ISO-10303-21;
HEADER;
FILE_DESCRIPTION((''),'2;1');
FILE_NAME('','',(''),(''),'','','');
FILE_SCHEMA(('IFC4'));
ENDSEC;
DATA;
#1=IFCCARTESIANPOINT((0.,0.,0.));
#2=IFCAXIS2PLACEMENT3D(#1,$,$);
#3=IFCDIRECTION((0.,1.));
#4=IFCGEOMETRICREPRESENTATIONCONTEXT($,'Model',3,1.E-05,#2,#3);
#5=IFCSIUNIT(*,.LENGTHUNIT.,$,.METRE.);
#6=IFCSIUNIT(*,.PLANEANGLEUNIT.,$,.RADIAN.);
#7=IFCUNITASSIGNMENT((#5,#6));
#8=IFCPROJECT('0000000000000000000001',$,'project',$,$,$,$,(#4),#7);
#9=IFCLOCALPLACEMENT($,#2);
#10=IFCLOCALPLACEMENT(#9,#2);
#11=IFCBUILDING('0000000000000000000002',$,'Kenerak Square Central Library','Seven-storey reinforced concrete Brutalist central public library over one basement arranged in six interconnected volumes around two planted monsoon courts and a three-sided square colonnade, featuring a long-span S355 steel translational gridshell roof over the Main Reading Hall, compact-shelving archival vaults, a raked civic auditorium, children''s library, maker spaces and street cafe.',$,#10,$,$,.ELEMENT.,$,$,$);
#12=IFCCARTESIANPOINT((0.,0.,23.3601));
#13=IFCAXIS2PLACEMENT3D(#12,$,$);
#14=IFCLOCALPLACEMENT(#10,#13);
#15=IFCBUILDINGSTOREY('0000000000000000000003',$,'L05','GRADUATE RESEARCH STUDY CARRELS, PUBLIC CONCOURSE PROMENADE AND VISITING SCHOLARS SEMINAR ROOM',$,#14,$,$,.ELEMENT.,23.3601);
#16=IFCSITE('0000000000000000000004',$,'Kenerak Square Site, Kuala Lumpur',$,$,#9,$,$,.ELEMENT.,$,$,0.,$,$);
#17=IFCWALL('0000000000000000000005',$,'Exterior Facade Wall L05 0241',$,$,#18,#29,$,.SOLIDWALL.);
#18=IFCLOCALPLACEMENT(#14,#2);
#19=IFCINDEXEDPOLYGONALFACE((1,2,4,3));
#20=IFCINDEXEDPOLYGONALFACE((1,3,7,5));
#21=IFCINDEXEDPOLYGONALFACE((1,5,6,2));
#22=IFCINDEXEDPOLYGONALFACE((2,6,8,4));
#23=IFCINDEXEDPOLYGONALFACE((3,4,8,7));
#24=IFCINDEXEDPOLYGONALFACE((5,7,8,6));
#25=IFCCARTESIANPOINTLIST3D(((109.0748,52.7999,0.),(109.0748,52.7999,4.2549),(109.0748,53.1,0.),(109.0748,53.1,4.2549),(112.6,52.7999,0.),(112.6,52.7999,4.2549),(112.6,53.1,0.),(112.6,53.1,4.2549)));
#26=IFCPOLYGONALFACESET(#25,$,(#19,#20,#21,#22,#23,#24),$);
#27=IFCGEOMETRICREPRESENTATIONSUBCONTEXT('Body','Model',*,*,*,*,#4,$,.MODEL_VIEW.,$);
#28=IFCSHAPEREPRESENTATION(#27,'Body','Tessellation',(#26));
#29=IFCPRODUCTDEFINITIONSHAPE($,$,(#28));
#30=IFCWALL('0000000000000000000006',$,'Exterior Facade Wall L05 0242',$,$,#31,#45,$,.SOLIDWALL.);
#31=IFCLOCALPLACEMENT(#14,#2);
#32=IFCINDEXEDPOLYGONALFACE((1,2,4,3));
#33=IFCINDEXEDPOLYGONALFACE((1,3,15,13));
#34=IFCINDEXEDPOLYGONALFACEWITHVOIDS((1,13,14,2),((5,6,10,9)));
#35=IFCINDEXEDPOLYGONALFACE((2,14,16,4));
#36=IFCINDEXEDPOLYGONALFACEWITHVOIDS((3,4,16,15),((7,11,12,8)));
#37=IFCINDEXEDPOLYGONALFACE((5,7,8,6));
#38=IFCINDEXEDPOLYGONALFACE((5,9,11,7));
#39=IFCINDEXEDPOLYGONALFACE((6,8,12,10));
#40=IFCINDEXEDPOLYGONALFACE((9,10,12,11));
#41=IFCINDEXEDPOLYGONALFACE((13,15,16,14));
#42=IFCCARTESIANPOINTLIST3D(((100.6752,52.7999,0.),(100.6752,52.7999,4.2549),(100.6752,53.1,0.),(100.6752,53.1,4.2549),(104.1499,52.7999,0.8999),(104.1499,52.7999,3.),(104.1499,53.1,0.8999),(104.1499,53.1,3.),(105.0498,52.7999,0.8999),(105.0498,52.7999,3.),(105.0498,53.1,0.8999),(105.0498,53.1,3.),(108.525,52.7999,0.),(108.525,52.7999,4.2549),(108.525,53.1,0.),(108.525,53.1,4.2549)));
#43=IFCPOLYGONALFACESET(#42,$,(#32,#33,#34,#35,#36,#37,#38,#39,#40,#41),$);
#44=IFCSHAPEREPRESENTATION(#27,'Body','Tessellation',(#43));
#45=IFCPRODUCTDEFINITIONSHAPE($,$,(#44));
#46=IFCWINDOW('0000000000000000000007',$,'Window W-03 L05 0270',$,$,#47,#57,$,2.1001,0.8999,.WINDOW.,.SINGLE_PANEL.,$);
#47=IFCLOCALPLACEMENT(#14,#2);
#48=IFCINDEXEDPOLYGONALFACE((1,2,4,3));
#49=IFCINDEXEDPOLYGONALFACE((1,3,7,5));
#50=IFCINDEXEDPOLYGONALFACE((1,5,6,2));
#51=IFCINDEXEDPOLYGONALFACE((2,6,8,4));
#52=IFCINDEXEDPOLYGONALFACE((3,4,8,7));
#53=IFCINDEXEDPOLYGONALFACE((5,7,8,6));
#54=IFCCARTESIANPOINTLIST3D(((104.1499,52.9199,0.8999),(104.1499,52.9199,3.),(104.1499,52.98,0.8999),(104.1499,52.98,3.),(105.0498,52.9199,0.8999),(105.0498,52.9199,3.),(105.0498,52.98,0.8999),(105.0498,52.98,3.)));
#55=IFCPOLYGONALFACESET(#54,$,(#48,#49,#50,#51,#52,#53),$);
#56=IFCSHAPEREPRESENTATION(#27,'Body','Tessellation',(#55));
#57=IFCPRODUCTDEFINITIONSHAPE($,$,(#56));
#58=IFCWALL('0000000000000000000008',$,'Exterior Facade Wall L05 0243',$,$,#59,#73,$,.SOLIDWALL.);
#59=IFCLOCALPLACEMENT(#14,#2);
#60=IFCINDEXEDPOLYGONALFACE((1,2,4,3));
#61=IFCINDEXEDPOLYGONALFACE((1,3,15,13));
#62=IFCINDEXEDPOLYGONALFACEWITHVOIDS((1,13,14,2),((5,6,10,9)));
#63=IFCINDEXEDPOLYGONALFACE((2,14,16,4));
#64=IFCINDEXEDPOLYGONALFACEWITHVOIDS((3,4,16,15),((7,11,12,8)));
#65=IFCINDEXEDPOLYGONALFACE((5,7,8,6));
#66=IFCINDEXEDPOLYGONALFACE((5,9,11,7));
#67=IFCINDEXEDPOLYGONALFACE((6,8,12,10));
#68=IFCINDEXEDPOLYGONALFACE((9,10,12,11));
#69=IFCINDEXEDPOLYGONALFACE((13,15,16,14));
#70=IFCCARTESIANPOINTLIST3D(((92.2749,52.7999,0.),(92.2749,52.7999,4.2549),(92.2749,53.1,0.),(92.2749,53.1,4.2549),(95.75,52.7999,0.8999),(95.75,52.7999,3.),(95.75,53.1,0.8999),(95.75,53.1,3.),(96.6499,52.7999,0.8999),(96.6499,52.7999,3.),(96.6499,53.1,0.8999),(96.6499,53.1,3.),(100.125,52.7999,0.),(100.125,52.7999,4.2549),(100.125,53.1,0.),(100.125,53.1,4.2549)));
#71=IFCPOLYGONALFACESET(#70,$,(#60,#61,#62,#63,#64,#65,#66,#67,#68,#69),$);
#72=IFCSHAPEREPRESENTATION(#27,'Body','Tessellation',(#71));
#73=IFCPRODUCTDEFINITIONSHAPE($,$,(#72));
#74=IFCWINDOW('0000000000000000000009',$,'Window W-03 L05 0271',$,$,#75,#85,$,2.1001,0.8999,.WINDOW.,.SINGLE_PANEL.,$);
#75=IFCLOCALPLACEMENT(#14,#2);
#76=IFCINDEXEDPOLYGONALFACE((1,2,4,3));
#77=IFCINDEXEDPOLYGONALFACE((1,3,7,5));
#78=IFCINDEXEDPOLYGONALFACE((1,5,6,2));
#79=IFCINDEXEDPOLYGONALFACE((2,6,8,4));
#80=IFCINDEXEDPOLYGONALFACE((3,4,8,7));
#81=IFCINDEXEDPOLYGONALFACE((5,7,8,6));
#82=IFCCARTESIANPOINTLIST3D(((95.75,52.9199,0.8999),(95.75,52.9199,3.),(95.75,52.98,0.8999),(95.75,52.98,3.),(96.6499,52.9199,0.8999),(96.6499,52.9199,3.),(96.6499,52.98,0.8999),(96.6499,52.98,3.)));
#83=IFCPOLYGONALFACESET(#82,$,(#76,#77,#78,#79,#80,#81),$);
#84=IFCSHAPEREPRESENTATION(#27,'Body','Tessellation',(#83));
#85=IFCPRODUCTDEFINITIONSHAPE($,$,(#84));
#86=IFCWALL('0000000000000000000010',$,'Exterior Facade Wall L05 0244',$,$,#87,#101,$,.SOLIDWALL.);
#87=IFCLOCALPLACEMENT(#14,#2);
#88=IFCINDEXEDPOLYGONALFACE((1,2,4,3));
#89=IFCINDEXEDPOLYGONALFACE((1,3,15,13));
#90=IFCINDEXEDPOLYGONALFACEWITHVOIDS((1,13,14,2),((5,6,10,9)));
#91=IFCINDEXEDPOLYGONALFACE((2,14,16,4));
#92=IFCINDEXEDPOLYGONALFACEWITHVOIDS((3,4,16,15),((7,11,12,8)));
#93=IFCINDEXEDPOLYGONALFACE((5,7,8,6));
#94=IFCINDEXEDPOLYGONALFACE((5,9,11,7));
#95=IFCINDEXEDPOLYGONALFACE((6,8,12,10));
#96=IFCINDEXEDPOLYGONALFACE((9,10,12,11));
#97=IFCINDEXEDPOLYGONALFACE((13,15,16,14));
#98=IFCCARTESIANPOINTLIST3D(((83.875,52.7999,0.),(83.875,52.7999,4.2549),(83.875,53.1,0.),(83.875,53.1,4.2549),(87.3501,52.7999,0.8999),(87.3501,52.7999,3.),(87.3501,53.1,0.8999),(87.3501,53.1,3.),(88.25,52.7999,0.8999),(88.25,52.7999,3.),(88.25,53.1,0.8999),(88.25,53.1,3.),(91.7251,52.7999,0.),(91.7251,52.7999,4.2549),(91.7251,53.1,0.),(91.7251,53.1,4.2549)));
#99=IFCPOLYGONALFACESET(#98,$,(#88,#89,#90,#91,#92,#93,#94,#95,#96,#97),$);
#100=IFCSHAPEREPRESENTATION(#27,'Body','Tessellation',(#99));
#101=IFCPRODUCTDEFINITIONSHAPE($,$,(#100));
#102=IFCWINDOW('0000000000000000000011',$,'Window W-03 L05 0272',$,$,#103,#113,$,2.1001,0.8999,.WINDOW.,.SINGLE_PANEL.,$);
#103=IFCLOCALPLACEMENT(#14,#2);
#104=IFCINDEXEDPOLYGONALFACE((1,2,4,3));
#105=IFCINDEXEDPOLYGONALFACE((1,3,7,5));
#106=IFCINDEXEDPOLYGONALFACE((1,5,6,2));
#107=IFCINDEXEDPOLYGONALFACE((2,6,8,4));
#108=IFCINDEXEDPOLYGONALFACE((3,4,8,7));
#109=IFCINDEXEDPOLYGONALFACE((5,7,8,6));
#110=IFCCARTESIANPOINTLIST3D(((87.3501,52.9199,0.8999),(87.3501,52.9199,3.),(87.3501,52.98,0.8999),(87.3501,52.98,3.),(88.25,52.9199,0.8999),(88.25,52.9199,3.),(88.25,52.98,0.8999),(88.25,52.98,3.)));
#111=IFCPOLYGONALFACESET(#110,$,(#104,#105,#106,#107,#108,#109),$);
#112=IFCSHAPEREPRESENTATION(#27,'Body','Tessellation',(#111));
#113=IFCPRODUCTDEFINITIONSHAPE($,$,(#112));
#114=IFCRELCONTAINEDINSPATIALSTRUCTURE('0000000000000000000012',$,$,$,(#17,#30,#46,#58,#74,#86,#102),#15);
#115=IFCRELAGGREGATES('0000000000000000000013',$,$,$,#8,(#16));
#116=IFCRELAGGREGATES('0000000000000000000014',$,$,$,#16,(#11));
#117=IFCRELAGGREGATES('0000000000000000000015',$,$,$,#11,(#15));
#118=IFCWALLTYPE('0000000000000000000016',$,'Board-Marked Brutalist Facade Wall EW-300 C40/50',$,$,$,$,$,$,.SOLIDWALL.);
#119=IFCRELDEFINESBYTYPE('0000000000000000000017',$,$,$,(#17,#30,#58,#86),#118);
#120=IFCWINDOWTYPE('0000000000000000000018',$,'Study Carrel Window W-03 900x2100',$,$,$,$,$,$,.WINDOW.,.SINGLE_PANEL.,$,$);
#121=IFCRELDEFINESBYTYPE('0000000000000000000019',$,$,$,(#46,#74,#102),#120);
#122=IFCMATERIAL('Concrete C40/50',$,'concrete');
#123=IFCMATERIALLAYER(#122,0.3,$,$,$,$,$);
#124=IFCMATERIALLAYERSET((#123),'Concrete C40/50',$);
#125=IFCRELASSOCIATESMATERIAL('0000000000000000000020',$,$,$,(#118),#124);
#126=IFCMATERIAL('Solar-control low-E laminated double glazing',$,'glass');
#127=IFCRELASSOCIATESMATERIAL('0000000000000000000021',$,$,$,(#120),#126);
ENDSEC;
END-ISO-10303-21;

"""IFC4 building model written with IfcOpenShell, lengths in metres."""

from ifc_helpers import new_model, si_unit, direction, frame, frame_2d, origin, place, context, subcontext, project, spatial, rectangle, extrude, material, layer, layer_set, type_object, element, fill, save


model = new_model("IFC4")

# Units and contexts
model_context = context("Model", 3, precision=1e-05, world=origin(), true_north=direction((0.0, 1.0)))
body_context = subcontext(model_context, "Body", "Model", "MODEL_VIEW")
ifc_project = project(units=[si_unit("LENGTHUNIT", "METRE"), si_unit("PLANEANGLEUNIT", "RADIAN")], contexts=[model_context])

# Site, building, storey
site_placement = place(None, origin())
site = spatial("IfcSite", under=ifc_project, at=site_placement, Name="Kenerak Square Site, Kuala Lumpur", CompositionType="ELEMENT", RefElevation=0.0)
building_placement = place(site_placement, origin())
building = spatial("IfcBuilding", under=site, at=building_placement, Name="Kenerak Square Central Library", Description="Seven-storey reinforced concrete Brutalist central public library over one basement arranged in six interconnected volumes around two planted monsoon courts and a three-sided square colonnade, featuring a long-span S355 steel translational gridshell roof over the Main Reading Hall, compact-shelving archival vaults, a raked civic auditorium, children's library, maker spaces and street cafe.", CompositionType="ELEMENT")
storey_placement = place(building_placement, frame((0.0, 0.0, 23.3601)))
storey = spatial("IfcBuildingStorey", under=building, at=storey_placement, Name="L05", Description="GRADUATE RESEARCH STUDY CARRELS, PUBLIC CONCOURSE PROMENADE AND VISITING SCHOLARS SEMINAR ROOM", CompositionType="ELEMENT", Elevation=23.3601)

# Shared definitions
ifc_material_1 = material(Name="Concrete C40/50", Category="concrete")

# Wall
ifc_layer_1 = layer(ifc_material_1, 0.3)
ifc_layer_set_1 = layer_set([ifc_layer_1], Name="Concrete C40/50")
wall_type = type_object("IfcWallType", Name="Board-Marked Brutalist Facade Wall EW-300 C40/50", PredefinedType="SOLIDWALL", material=ifc_layer_set_1)
wall_1_placement = place(storey_placement, frame((112.6001, 52.95, 0.0), z_axis=(0.0, 0.0, 1.0), x_axis=(-1.0, 0.0, 0.0)))
element("IfcWall", 1, at=wall_1_placement, inside=storey, type_object=wall_type, Name="Exterior Facade Wall L05 0241", PredefinedType="SOLIDWALL", context=body_context, shape_type="SweptSolid", body=[
    extrude(rectangle(XDim=3.5251, YDim=0.3, at=frame_2d((1.7627, 0.0))), origin(), (0.0, 0.0, 1.0), 4.2549),
])

# Walls, openings, windows
wall_2_placement = place(storey_placement, frame((108.5249, 52.95, 0.0), z_axis=(0.0, 0.0, 1.0), x_axis=(-1.0, 0.0, 0.0)))
wall_2 = element("IfcWall", 2, at=wall_2_placement, inside=storey, type_object=wall_type, Name="Exterior Facade Wall L05 0242", PredefinedType="SOLIDWALL", context=body_context, shape_type="SweptSolid", body=[
    extrude(rectangle(XDim=7.8499, YDim=0.3, at=frame_2d((3.9248, 0.0))), origin(), (0.0, 0.0, 1.0), 4.2549),
])
opening_1_placement = place(wall_2_placement, frame((3.4751, 0.0, 0.8999)))
opening_1 = element("IfcOpeningElement", 3, at=opening_1_placement, cuts=wall_2, PredefinedType="OPENING", context=body_context, shape_type="SweptSolid", body=[
    extrude(rectangle(XDim=0.8999, YDim=2.1001, at=frame_2d((0.45, 1.05))), frame((0.0, 0.1599, 0.0), z_axis=(0.0, -1.0, 0.0), x_axis=(1.0, 0.0, 0.0)), (0.0, 0.0, 1.0), 0.3201),
])
ifc_material_2 = material(Name="Solar-control low-E laminated double glazing", Category="glass")
window_type = type_object("IfcWindowType", Name="Study Carrel Window W-03 900x2100", PartitioningType="SINGLE_PANEL", PredefinedType="WINDOW", material=ifc_material_2)
window_1_placement = place(opening_1_placement, origin())
window_1 = element("IfcWindow", 4, at=window_1_placement, inside=storey, type_object=window_type, Name="Window W-03 L05 0270", OverallHeight=2.1001, OverallWidth=0.8999, PartitioningType="SINGLE_PANEL", PredefinedType="WINDOW", context=body_context, shape_type="SweptSolid", body=[
    extrude(rectangle(XDim=0.8999, YDim=2.1001, at=frame_2d((0.45, 1.05))), frame((0.0, 0.03, 0.0), z_axis=(0.0, -1.0, 0.0), x_axis=(1.0, 0.0, 0.0)), (0.0, 0.0, 1.0), 0.0601),
])
fill(opening_1, window_1)
wall_3_placement = place(storey_placement, frame((100.125, 52.95, 0.0), z_axis=(0.0, 0.0, 1.0), x_axis=(-1.0, 0.0, 0.0)))
wall_3 = element("IfcWall", 5, at=wall_3_placement, inside=storey, type_object=wall_type, Name="Exterior Facade Wall L05 0243", PredefinedType="SOLIDWALL", context=body_context, shape_type="SweptSolid", body=[
    extrude(rectangle(XDim=7.8501, YDim=0.3, at=frame_2d((3.925, 0.0))), origin(), (0.0, 0.0, 1.0), 4.2549),
])
opening_2_placement = place(wall_3_placement, frame((3.4751, 0.0, 0.8999)))
opening_2 = element("IfcOpeningElement", 6, at=opening_2_placement, cuts=wall_3, PredefinedType="OPENING", context=body_context, shape_type="SweptSolid", body=[
    extrude(rectangle(XDim=0.8999, YDim=2.1001, at=frame_2d((0.45, 1.05))), frame((0.0, 0.1599, 0.0), z_axis=(0.0, -1.0, 0.0), x_axis=(1.0, 0.0, 0.0)), (0.0, 0.0, 1.0), 0.3201),
])
window_2_placement = place(opening_2_placement, origin())
window_2 = element("IfcWindow", 7, at=window_2_placement, inside=storey, type_object=window_type, Name="Window W-03 L05 0271", OverallHeight=2.1001, OverallWidth=0.8999, PartitioningType="SINGLE_PANEL", PredefinedType="WINDOW", context=body_context, shape_type="SweptSolid", body=[
    extrude(rectangle(XDim=0.8999, YDim=2.1001, at=frame_2d((0.45, 1.05))), frame((0.0, 0.03, 0.0), z_axis=(0.0, -1.0, 0.0), x_axis=(1.0, 0.0, 0.0)), (0.0, 0.0, 1.0), 0.0601),
])
fill(opening_2, window_2)
wall_4_placement = place(storey_placement, frame((91.7251, 52.95, 0.0), z_axis=(0.0, 0.0, 1.0), x_axis=(-1.0, 0.0, 0.0)))
wall_4 = element("IfcWall", 8, at=wall_4_placement, inside=storey, type_object=wall_type, Name="Exterior Facade Wall L05 0244", PredefinedType="SOLIDWALL", context=body_context, shape_type="SweptSolid", body=[
    extrude(rectangle(XDim=7.8501, YDim=0.3, at=frame_2d((3.925, 0.0))), origin(), (0.0, 0.0, 1.0), 4.2549),
])
opening_3_placement = place(wall_4_placement, frame((3.4751, 0.0, 0.8999)))
opening_3 = element("IfcOpeningElement", 9, at=opening_3_placement, cuts=wall_4, PredefinedType="OPENING", context=body_context, shape_type="SweptSolid", body=[
    extrude(rectangle(XDim=0.8999, YDim=2.1001, at=frame_2d((0.45, 1.05))), frame((0.0, 0.1599, 0.0), z_axis=(0.0, -1.0, 0.0), x_axis=(1.0, 0.0, 0.0)), (0.0, 0.0, 1.0), 0.3201),
])
window_3_placement = place(opening_3_placement, origin())
window_3 = element("IfcWindow", 10, at=window_3_placement, inside=storey, type_object=window_type, Name="Window W-03 L05 0272", OverallHeight=2.1001, OverallWidth=0.8999, PartitioningType="SINGLE_PANEL", PredefinedType="WINDOW", context=body_context, shape_type="SweptSolid", body=[
    extrude(rectangle(XDim=0.8999, YDim=2.1001, at=frame_2d((0.45, 1.05))), frame((0.0, 0.03, 0.0), z_axis=(0.0, -1.0, 0.0), x_axis=(1.0, 0.0, 0.0)), (0.0, 0.0, 1.0), 0.0601),
])
fill(opening_3, window_3)

save(model, "model.ifc")
